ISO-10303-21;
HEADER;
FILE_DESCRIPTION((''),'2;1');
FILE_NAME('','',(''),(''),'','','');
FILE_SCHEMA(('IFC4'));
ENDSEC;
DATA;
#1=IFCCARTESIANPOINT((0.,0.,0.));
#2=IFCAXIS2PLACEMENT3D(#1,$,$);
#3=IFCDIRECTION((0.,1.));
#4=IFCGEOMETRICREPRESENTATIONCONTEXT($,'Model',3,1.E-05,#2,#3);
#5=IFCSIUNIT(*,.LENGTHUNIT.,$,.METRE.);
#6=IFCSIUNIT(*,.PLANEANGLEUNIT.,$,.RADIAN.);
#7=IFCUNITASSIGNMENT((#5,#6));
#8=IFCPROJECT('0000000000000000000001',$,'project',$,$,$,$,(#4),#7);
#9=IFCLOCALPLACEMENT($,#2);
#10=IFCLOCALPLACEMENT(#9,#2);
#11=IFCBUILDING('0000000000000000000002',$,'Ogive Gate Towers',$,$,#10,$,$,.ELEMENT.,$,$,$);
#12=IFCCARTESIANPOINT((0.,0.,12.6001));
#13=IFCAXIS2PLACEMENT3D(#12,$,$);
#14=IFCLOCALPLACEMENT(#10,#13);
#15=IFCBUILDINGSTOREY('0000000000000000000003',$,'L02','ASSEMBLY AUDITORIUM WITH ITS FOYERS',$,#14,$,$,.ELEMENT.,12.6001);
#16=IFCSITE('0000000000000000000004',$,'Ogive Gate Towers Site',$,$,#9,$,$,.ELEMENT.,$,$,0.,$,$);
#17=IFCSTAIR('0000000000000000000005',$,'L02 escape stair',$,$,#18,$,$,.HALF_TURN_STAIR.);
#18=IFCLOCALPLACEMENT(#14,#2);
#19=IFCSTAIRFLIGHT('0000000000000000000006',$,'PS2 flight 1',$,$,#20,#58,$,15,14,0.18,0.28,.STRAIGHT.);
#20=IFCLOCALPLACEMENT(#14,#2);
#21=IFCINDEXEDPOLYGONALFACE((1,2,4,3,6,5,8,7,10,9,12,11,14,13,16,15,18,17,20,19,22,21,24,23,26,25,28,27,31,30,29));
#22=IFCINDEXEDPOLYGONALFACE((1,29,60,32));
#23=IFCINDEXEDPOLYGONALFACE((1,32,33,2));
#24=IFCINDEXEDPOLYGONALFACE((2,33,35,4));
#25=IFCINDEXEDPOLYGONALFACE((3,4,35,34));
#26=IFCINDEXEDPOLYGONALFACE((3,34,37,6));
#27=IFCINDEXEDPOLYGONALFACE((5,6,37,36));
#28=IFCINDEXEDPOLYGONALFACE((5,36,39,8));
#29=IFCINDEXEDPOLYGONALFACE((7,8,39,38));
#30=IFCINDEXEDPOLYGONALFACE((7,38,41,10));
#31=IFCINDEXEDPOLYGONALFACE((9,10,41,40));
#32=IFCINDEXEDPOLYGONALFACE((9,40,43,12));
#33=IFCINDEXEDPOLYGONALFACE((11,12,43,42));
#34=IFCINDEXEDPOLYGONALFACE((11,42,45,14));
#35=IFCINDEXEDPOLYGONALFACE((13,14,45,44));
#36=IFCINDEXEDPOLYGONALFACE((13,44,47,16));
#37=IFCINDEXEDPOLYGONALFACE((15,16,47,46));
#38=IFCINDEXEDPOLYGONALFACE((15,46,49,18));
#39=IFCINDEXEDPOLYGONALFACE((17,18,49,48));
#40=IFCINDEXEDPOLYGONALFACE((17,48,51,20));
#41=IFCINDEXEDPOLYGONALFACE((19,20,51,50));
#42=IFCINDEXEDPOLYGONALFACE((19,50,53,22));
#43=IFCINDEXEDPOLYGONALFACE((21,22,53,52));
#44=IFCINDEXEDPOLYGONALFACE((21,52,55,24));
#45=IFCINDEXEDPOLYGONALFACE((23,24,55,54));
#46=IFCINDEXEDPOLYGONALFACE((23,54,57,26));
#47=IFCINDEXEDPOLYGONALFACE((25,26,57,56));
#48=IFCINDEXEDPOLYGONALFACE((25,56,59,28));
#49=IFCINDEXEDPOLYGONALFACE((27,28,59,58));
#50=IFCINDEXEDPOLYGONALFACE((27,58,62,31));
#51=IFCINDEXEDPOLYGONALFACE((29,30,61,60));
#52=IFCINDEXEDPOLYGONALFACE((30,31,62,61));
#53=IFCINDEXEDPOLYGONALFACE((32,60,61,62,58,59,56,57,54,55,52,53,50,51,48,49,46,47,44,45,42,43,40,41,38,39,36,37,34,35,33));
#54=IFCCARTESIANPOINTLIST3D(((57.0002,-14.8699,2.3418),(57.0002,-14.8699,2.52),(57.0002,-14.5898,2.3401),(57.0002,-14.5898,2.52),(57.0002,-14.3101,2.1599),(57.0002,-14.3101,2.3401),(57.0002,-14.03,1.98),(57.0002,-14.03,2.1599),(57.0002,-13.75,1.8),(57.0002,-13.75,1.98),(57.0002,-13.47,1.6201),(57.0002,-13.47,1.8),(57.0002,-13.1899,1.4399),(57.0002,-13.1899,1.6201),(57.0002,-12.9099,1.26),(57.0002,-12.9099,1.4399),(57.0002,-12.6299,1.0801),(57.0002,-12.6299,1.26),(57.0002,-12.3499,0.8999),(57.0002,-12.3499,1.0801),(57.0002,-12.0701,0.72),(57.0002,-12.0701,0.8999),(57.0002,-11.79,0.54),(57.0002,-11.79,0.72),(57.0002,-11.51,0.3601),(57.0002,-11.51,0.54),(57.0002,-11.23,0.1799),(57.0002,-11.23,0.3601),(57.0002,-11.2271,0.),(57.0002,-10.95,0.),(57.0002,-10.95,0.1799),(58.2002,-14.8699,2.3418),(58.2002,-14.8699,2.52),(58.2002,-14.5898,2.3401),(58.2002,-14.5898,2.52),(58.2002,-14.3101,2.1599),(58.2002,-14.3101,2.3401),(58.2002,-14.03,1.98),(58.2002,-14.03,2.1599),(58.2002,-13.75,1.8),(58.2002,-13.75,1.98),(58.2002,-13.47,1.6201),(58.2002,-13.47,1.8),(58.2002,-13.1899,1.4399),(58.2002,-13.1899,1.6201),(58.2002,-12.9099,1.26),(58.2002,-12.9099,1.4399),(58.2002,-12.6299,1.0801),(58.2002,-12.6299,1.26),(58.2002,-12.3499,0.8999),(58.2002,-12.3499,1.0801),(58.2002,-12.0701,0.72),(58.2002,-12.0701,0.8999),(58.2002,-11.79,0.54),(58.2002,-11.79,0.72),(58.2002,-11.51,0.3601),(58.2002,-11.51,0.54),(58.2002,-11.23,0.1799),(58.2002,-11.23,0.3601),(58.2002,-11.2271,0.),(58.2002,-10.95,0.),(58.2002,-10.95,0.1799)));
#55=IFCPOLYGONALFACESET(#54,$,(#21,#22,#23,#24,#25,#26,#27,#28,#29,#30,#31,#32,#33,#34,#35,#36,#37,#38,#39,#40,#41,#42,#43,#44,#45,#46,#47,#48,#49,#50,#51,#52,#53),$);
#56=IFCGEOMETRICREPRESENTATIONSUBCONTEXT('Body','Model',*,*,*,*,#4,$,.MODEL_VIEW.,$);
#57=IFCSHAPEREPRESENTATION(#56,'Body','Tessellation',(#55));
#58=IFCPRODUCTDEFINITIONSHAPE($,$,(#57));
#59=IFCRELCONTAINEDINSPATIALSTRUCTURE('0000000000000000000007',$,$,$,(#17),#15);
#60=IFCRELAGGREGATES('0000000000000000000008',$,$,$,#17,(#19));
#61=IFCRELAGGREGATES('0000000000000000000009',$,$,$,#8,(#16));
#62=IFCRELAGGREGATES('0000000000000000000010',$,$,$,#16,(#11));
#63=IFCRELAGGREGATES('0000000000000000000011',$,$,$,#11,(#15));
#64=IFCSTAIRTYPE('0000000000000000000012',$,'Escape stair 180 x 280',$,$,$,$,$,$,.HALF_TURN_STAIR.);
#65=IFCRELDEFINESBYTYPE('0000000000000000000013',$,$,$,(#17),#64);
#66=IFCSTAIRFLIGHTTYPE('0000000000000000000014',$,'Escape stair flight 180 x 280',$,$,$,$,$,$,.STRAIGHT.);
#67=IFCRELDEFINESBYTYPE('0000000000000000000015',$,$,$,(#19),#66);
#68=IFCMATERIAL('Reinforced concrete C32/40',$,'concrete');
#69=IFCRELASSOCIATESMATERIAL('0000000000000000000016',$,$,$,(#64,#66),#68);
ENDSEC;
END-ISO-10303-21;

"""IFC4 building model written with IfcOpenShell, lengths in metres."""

from ifc_helpers import new_model, si_unit, direction, frame, origin, place, context, subcontext, project, spatial, polyline, outline, extrude, material, type_object, element, aggregate, save


model = new_model("IFC4")

# Units and contexts
model_context = context("Model", 3, precision=1e-05, world=origin(), true_north=direction((0.0, 1.0)))
body_context = subcontext(model_context, "Body", "Model", "MODEL_VIEW")
ifc_project = project(units=[si_unit("LENGTHUNIT", "METRE"), si_unit("PLANEANGLEUNIT", "RADIAN")], contexts=[model_context])

# Site, building, storey
site_placement = place(None, origin())
site = spatial("IfcSite", under=ifc_project, at=site_placement, Name="Ogive Gate Towers Site", CompositionType="ELEMENT", RefElevation=0.0)
building_placement = place(site_placement, origin())
building = spatial("IfcBuilding", under=site, at=building_placement, Name="Ogive Gate Towers", CompositionType="ELEMENT")
storey_placement = place(building_placement, frame((0.0, 0.0, 12.6001)))
storey = spatial("IfcBuildingStorey", under=building, at=storey_placement, Name="L02", Description="ASSEMBLY AUDITORIUM WITH ITS FOYERS", CompositionType="ELEMENT", Elevation=12.6001)

# Shared definitions
ifc_material_1 = material(Name="Reinforced concrete C32/40", Category="concrete")

# Stair, stair flight
stair_type = type_object("IfcStairType", Name="Escape stair 180 x 280", PredefinedType="HALF_TURN_STAIR", material=ifc_material_1)
stair_placement = place(storey_placement, origin())
stair = element("IfcStair", 1, at=stair_placement, inside=storey, type_object=stair_type, Name="L02 escape stair", PredefinedType="HALF_TURN_STAIR")
stair_flight_type = type_object("IfcStairFlightType", Name="Escape stair flight 180 x 280", PredefinedType="STRAIGHT", material=ifc_material_1)
stair_flight_placement = place(storey_placement, frame((57.6001, -10.95, 0.0), z_axis=(0.0, 0.0, 1.0), x_axis=(0.0, -1.0, 0.0)))
stair_flight = element("IfcStairFlight", 2, at=stair_flight_placement, type_object=stair_flight_type, Name="PS2 flight 1", NumberOfRisers=15, NumberOfTreads=14, PredefinedType="STRAIGHT", RiserHeight=0.18, TreadLength=0.28, context=body_context, shape_type="SweptSolid", body=[
    extrude(outline(polyline([(0.0, 0.0), (0.0, 0.1799), (0.28, 0.1799), (0.28, 0.3601), (0.5601, 0.3601), (0.5601, 0.54), (0.8401, 0.54), (0.8401, 0.72), (1.1201, 0.72), (1.1201, 0.8999), (1.3999, 0.8999), (1.3999, 1.0801), (1.6799, 1.0801), (1.6799, 1.26), (1.96, 1.26), (1.96, 1.4399), (2.24, 1.4399), (2.24, 1.6201), (2.52, 1.6201), (2.52, 1.8), (2.8, 1.8), (2.8, 1.98), (3.0801, 1.98), (3.0801, 2.1599), (3.3601, 2.1599), (3.3601, 2.3401), (3.6399, 2.3401), (3.6399, 2.52), (3.9199, 2.52), (3.9199, 2.7), (3.9199, 2.3418), (0.2771, 0.0), (0.0, 0.0)])), frame((0.0, 0.6001, 0.0), z_axis=(0.0, -1.0, 0.0), x_axis=(1.0, 0.0, 0.0)), (0.0, 0.0, 1.0), 1.2),
])
aggregate(stair, [stair_flight])

save(model, "model.ifc")
